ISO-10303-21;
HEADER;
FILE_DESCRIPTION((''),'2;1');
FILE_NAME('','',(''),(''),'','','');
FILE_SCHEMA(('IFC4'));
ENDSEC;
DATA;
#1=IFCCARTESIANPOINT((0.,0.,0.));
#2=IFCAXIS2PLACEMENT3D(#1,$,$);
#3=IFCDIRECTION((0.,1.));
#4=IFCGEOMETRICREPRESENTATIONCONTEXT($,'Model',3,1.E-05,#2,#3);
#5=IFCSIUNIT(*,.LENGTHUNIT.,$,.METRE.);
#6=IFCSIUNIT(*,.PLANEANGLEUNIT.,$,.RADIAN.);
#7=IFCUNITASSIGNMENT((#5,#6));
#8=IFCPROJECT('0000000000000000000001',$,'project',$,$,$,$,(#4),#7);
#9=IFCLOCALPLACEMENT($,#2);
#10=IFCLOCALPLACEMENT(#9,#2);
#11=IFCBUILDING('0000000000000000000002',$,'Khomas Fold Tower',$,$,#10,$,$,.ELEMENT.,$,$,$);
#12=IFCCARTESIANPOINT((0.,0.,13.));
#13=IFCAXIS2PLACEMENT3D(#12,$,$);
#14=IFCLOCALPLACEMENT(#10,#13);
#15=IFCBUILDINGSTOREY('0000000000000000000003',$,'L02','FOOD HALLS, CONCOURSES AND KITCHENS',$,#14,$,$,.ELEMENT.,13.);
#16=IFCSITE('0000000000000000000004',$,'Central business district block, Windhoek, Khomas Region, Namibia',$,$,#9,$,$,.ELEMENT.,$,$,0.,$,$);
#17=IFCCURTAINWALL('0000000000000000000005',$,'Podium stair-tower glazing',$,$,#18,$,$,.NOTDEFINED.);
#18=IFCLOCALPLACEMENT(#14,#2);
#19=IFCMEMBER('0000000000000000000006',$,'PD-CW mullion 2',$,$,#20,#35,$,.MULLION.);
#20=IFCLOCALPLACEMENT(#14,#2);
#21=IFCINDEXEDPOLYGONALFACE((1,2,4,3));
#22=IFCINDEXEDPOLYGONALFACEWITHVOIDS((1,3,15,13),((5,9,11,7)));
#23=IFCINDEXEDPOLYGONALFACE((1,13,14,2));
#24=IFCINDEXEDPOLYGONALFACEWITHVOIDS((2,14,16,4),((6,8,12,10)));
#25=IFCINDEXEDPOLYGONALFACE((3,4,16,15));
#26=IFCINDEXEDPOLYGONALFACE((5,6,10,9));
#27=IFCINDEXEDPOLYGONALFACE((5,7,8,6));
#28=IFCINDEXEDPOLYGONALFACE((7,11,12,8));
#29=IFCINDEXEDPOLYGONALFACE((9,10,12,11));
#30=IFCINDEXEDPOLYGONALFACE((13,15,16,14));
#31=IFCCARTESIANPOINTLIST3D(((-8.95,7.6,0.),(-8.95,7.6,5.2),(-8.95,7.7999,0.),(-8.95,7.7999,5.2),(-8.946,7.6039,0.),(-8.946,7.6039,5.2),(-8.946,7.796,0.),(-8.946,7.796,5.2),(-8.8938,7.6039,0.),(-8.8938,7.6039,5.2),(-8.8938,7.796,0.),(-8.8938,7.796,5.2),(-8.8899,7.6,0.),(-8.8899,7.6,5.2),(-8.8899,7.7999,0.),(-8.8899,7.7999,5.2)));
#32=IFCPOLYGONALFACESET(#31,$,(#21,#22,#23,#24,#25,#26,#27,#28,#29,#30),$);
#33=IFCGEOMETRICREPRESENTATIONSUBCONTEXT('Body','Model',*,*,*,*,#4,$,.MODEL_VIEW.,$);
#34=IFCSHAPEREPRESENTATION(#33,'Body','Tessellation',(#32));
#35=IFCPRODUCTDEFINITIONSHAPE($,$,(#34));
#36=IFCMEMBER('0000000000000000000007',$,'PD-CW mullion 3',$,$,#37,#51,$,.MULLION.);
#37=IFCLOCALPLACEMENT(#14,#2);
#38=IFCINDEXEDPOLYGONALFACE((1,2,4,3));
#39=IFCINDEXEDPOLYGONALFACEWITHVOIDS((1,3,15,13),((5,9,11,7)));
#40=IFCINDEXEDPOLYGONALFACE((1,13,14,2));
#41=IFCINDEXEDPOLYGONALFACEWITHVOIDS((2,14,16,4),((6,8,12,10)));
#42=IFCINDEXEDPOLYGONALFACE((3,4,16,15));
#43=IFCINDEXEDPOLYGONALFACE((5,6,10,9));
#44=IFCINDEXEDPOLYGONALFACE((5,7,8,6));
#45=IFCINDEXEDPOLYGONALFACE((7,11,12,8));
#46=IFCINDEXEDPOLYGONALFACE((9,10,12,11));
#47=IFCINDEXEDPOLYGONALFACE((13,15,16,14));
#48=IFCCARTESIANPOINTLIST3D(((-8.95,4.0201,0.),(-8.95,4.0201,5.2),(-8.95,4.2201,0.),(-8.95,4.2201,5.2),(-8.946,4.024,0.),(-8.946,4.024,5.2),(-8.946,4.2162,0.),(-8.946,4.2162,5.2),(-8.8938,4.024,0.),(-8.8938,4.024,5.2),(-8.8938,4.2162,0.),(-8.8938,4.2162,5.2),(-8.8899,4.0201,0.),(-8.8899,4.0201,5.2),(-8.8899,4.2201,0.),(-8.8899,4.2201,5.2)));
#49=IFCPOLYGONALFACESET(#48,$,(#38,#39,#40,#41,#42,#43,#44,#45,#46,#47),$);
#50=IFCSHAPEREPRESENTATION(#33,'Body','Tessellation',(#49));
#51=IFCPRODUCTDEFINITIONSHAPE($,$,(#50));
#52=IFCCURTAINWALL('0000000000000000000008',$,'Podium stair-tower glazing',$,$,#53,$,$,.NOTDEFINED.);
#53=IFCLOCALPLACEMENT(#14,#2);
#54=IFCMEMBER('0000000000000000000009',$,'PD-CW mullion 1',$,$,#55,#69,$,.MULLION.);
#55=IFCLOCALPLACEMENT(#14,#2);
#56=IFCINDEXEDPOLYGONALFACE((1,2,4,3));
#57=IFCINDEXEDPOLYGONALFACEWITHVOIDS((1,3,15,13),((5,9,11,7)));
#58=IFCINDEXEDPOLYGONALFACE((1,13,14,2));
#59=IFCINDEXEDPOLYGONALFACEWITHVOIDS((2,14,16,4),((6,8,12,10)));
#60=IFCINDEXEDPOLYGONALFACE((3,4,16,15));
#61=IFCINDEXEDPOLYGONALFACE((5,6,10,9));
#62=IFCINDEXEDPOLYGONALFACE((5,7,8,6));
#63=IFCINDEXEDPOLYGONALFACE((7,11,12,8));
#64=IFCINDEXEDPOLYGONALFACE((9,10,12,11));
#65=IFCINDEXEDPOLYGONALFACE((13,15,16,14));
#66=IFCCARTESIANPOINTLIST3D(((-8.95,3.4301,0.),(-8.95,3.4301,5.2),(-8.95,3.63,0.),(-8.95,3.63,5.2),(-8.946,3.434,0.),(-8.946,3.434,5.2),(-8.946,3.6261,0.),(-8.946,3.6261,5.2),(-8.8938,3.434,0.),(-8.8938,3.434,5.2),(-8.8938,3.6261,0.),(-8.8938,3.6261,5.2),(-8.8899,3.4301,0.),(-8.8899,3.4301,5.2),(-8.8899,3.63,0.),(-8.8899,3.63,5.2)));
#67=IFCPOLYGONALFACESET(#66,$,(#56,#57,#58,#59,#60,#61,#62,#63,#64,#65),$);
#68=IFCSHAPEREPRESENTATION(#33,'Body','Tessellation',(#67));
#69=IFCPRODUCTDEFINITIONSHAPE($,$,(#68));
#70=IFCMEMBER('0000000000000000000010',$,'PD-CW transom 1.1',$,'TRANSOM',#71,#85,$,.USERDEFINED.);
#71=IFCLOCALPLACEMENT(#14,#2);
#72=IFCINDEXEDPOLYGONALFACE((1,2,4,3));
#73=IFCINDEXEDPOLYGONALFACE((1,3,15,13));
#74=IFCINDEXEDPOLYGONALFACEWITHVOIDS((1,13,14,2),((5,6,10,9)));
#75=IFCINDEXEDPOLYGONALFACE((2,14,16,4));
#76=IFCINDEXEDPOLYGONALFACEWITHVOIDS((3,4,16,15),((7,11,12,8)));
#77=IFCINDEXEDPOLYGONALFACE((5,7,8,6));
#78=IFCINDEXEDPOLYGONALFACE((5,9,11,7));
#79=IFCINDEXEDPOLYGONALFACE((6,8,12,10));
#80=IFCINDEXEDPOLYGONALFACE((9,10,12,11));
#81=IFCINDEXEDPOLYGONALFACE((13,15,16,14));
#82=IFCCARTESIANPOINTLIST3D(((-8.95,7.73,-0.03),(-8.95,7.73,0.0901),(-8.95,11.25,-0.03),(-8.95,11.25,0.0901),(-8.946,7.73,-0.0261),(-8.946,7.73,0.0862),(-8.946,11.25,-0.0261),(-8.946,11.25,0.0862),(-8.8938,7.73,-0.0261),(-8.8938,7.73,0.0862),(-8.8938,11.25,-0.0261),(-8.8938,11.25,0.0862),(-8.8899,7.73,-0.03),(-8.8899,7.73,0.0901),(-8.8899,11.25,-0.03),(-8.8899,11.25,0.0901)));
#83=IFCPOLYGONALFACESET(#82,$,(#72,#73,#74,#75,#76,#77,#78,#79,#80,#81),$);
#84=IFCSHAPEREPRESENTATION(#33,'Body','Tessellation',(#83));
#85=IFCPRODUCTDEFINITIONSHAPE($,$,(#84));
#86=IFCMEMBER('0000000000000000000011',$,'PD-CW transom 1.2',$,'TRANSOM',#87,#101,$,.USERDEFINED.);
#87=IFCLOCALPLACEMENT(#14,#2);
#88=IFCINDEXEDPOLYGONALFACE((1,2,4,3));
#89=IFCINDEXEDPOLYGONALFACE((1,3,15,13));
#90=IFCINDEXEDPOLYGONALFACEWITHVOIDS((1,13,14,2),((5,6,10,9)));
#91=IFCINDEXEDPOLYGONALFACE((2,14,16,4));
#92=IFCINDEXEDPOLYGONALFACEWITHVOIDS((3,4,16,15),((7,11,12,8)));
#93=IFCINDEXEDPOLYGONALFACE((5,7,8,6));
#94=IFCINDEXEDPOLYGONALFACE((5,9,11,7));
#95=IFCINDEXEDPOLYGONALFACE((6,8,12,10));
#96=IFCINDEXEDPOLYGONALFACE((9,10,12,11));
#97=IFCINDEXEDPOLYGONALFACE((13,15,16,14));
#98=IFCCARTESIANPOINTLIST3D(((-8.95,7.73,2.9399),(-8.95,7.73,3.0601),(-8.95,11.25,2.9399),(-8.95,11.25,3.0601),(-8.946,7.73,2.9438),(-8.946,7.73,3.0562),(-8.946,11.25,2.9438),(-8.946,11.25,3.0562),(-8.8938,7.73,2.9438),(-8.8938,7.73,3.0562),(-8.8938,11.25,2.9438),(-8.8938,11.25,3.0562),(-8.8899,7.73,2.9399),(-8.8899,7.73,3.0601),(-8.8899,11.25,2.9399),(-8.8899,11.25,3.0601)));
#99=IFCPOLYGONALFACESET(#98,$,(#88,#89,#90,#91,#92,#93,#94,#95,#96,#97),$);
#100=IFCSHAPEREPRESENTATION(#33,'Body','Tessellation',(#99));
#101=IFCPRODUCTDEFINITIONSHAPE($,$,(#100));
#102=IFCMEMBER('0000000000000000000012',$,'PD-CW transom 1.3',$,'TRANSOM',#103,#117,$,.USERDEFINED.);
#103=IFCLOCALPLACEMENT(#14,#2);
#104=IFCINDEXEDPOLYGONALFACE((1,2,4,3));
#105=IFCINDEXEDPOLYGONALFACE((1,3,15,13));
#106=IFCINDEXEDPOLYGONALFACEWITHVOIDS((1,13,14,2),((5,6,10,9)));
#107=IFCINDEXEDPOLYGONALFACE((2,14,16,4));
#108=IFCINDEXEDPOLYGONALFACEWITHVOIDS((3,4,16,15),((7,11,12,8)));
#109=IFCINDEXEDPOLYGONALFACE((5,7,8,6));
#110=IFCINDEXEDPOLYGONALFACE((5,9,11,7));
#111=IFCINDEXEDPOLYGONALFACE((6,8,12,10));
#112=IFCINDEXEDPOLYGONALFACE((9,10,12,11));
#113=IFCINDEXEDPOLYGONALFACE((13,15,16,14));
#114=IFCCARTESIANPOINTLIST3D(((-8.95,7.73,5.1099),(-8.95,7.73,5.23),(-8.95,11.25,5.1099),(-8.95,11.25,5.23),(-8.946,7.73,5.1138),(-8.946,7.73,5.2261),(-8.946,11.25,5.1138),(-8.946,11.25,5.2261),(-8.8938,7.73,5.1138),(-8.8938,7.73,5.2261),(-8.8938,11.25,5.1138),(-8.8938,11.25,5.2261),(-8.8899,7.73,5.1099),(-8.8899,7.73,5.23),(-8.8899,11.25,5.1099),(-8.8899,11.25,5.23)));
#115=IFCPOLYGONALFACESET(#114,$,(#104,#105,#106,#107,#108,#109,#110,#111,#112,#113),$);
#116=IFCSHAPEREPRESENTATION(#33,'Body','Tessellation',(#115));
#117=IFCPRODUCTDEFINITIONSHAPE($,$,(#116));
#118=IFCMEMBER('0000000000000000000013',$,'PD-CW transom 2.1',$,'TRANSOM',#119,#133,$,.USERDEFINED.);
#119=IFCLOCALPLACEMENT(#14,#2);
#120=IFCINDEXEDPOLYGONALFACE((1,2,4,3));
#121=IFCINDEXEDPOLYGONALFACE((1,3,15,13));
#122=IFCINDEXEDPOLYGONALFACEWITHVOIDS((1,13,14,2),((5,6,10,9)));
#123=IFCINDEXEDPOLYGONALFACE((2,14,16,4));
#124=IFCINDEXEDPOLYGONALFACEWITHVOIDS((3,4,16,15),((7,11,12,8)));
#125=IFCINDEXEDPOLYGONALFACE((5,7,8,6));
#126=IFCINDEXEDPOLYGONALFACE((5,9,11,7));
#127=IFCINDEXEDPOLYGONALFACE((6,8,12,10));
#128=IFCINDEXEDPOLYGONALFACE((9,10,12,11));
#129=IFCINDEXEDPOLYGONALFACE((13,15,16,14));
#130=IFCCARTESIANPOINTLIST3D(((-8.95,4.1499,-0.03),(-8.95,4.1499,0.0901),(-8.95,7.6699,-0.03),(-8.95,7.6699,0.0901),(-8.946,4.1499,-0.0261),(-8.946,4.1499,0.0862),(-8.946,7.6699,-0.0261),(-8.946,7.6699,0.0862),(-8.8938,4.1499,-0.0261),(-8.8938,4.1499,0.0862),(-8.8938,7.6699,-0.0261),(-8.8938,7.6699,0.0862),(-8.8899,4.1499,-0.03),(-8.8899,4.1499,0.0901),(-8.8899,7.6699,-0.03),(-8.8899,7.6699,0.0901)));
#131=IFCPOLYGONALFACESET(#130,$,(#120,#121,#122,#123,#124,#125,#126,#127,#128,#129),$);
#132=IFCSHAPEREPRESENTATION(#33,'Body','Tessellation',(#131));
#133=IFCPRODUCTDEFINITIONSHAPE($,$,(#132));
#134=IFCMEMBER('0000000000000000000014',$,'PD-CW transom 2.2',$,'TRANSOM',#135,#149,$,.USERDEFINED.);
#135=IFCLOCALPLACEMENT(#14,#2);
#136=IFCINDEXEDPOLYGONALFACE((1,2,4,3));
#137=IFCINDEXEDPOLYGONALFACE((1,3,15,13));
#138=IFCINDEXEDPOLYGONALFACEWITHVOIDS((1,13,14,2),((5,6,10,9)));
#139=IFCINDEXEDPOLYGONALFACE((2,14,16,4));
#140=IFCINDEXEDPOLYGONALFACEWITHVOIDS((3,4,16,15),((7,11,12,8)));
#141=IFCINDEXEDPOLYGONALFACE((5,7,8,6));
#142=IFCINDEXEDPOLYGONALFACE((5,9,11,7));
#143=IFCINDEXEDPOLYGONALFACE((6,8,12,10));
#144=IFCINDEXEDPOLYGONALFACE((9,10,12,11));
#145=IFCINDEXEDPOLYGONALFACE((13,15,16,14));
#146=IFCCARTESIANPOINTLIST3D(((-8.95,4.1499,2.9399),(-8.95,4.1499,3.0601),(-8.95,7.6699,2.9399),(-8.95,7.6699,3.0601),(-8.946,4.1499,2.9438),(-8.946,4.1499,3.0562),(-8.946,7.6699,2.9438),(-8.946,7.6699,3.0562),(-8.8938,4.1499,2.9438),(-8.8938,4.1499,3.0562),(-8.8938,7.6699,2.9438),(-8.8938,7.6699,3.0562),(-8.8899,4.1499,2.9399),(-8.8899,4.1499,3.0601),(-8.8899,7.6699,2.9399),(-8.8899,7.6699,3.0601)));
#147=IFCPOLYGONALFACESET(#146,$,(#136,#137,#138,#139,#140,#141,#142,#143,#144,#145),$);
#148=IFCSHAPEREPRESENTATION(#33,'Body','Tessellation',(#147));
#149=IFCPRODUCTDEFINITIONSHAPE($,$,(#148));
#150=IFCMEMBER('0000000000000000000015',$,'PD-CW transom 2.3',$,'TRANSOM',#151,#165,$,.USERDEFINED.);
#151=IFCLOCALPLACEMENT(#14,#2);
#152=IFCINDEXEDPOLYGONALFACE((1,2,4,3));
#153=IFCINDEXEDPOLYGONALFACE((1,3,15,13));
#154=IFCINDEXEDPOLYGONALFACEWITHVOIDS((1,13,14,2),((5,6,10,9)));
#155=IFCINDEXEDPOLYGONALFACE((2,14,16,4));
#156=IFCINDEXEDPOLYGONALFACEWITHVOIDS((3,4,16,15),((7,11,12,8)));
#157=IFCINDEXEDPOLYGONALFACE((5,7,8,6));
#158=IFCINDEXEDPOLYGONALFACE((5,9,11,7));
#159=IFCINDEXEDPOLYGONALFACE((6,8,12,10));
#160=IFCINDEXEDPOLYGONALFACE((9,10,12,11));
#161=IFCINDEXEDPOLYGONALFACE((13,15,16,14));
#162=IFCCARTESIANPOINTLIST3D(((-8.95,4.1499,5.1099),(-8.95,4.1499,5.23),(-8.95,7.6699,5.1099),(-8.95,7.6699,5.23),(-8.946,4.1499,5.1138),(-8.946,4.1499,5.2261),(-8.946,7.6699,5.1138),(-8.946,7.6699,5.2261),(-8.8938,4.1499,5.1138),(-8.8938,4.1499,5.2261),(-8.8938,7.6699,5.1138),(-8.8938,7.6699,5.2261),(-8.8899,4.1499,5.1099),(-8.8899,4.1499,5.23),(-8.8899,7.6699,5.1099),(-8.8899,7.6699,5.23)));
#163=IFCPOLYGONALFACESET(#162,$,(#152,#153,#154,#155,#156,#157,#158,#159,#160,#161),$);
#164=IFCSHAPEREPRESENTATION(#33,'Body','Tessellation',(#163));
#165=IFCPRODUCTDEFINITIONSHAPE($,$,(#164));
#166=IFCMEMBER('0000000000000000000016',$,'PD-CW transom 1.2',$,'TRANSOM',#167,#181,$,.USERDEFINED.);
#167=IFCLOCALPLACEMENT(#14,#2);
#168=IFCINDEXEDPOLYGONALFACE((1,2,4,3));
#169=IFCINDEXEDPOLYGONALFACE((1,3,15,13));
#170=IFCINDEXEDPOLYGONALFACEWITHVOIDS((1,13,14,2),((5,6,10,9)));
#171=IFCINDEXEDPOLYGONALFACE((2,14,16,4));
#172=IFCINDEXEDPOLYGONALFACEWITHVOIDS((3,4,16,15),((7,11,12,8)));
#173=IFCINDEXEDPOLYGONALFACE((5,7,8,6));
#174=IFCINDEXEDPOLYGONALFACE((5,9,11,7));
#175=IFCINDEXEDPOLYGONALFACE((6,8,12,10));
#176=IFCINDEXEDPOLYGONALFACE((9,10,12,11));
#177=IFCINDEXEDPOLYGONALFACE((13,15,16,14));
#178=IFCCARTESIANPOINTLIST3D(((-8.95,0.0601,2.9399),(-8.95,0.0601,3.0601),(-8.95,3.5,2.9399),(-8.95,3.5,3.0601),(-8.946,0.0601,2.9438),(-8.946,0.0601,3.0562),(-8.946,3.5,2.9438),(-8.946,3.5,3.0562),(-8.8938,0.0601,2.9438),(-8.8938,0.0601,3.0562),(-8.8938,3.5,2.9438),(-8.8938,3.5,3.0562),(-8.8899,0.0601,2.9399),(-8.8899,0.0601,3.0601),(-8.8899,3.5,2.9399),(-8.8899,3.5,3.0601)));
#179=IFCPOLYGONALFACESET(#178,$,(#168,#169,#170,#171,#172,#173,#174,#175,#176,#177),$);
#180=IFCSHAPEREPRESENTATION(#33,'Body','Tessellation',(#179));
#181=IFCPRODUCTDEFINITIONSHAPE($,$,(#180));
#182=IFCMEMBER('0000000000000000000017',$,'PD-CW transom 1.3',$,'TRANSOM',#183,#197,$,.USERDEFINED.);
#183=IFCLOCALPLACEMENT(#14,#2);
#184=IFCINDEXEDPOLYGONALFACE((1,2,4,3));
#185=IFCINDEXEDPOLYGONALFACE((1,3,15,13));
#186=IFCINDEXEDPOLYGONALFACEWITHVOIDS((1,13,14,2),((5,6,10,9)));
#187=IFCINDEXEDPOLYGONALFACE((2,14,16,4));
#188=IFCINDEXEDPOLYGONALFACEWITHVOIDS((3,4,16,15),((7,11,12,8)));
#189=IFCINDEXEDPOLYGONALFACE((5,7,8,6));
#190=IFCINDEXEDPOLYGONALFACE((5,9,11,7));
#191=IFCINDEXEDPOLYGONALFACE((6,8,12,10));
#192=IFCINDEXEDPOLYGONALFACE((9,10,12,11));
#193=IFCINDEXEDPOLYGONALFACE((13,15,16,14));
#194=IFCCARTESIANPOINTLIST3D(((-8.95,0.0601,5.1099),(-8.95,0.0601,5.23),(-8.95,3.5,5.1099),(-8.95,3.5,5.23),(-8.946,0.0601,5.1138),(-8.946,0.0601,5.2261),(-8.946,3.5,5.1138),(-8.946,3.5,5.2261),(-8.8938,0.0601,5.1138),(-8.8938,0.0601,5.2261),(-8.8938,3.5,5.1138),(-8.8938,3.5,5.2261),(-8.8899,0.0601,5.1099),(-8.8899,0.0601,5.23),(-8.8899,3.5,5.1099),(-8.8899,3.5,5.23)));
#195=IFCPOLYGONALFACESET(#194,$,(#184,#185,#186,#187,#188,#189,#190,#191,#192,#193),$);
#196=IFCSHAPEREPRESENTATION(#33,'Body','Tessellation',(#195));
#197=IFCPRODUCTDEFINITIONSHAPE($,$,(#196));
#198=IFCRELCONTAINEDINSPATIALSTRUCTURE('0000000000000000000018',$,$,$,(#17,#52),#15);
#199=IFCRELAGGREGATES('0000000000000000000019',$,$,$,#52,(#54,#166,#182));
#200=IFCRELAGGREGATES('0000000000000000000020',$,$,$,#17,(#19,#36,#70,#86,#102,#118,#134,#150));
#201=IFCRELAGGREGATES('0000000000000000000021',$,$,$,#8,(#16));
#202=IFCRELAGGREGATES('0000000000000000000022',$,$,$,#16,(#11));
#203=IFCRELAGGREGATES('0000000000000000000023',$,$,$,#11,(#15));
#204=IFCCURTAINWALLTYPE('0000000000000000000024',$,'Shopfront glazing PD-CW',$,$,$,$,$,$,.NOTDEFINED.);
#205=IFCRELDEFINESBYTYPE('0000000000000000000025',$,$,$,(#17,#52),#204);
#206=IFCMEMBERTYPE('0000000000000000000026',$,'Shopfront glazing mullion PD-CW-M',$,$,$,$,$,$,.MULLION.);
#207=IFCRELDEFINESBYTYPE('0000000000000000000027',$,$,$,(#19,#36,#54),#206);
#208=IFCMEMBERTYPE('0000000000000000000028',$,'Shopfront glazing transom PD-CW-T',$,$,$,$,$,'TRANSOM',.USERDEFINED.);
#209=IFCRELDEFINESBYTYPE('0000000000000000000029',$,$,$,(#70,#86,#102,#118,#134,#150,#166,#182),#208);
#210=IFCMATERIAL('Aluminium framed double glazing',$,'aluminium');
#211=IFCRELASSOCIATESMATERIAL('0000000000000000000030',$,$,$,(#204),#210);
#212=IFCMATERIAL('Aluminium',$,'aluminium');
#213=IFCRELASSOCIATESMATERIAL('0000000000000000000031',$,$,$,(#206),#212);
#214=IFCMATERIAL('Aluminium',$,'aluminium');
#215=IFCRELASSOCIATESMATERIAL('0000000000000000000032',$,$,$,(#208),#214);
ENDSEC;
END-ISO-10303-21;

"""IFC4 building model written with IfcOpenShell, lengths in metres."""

from ifc_helpers import new_model, si_unit, direction, frame, origin, origin_2d, place, context, subcontext, project, spatial, hollow_rectangle, extrude, source, transform, mapped, material, material_profile, profile_set, type_object, element, aggregate, save


model = new_model("IFC4")

# Units and contexts
model_context = context("Model", 3, precision=1e-05, world=origin(), true_north=direction((0.0, 1.0)))
body_context = subcontext(model_context, "Body", "Model", "MODEL_VIEW")
ifc_project = project(units=[si_unit("LENGTHUNIT", "METRE"), si_unit("PLANEANGLEUNIT", "RADIAN")], contexts=[model_context])

# Site, building, storey
site_placement = place(None, origin())
site = spatial("IfcSite", under=ifc_project, at=site_placement, Name="Central business district block, Windhoek, Khomas Region, Namibia", CompositionType="ELEMENT", RefElevation=0.0)
building_placement = place(site_placement, origin())
building = spatial("IfcBuilding", under=site, at=building_placement, Name="Khomas Fold Tower", CompositionType="ELEMENT")
storey_placement = place(building_placement, frame((0.0, 0.0, 13.0)))
storey = spatial("IfcBuildingStorey", under=building, at=storey_placement, Name="L02", Description="FOOD HALLS, CONCOURSES AND KITCHENS", CompositionType="ELEMENT", Elevation=13.0)

# Curtain wall, members
ifc_material_1 = material(Name="Aluminium framed double glazing", Category="aluminium")
curtain_wall_type = type_object("IfcCurtainWallType", Name="Shopfront glazing PD-CW", PredefinedType="NOTDEFINED", material=ifc_material_1)
curtain_wall_1_placement = place(storey_placement, origin())
curtain_wall_1 = element("IfcCurtainWall", 1, at=curtain_wall_1_placement, inside=storey, type_object=curtain_wall_type, Name="Podium stair-tower glazing", PredefinedType="NOTDEFINED")
ifc_material_2 = material(Name="Aluminium", Category="aluminium")
ifc_material_profile_1 = material_profile(ifc_material_2, hollow_rectangle(XDim=0.0601, YDim=0.2, WallThickness=0.0039, at=origin_2d()), Name="Shopfront glazing mullion PD-CW-M")
ifc_profile_set_1 = profile_set([ifc_material_profile_1], Name="Aluminium")
member_type_1 = type_object("IfcMemberType", Name="Shopfront glazing mullion PD-CW-M", PredefinedType="MULLION", material=ifc_profile_set_1)
shared_shape_1 = source(origin(), body_context, "Body", "SweptSolid", [
    extrude(hollow_rectangle(XDim=0.0601, YDim=0.2, WallThickness=0.0039, at=origin_2d()), origin(), (0.0, 0.0, 1.0), 5.2),
])
member_1_placement = place(storey_placement, frame((-8.9199, 7.7, 0.0), z_axis=(0.0, 0.0, 1.0), x_axis=(1.0, 0.0, 0.0)))
member_1 = element("IfcMember", 2, at=member_1_placement, type_object=member_type_1, Name="PD-CW mullion 2", PredefinedType="MULLION", context=body_context, shape_type="MappedRepresentation", body=[
    mapped(shared_shape_1, transform((0.0, 0.0, 0.0))),
])
member_2_placement = place(storey_placement, frame((-8.9199, 4.1201, 0.0), z_axis=(0.0, 0.0, 1.0), x_axis=(1.0, 0.0, 0.0)))
member_2 = element("IfcMember", 3, at=member_2_placement, type_object=member_type_1, Name="PD-CW mullion 3", PredefinedType="MULLION", context=body_context, shape_type="MappedRepresentation", body=[
    mapped(shared_shape_1, transform((0.0, 0.0, 0.0))),
])

# Curtain wall, member
curtain_wall_2_placement = place(storey_placement, origin())
curtain_wall_2 = element("IfcCurtainWall", 4, at=curtain_wall_2_placement, inside=storey, type_object=curtain_wall_type, Name="Podium stair-tower glazing", PredefinedType="NOTDEFINED")
member_3_placement = place(storey_placement, frame((-8.9199, 3.53, 0.0), z_axis=(0.0, 0.0, 1.0), x_axis=(1.0, 0.0, 0.0)))
member_3 = element("IfcMember", 5, at=member_3_placement, type_object=member_type_1, Name="PD-CW mullion 1", PredefinedType="MULLION", context=body_context, shape_type="MappedRepresentation", body=[
    mapped(shared_shape_1, transform((0.0, 0.0, 0.0))),
])

# Members
ifc_material_3 = material(Name="Aluminium", Category="aluminium")
ifc_material_profile_2 = material_profile(ifc_material_3, hollow_rectangle(XDim=0.0601, YDim=0.1201, WallThickness=0.0039, at=origin_2d()), Name="Shopfront glazing transom PD-CW-T")
ifc_profile_set_2 = profile_set([ifc_material_profile_2], Name="Aluminium")
member_type_2 = type_object("IfcMemberType", Name="Shopfront glazing transom PD-CW-T", ElementType="TRANSOM", PredefinedType="USERDEFINED", material=ifc_profile_set_2)
shared_shape_2 = source(origin(), body_context, "Body", "SweptSolid", [
    extrude(hollow_rectangle(XDim=0.0601, YDim=0.1201, WallThickness=0.0039, at=origin_2d()), origin(), (0.0, 0.0, 1.0), 3.52),
])
member_4_placement = place(storey_placement, frame((-8.9199, 11.25, 0.03), z_axis=(0.0, -1.0, 0.0), x_axis=(1.0, 0.0, 0.0)))
member_4 = element("IfcMember", 6, at=member_4_placement, type_object=member_type_2, Name="PD-CW transom 1.1", ObjectType="TRANSOM", PredefinedType="USERDEFINED", context=body_context, shape_type="MappedRepresentation", body=[
    mapped(shared_shape_2, transform((0.0, 0.0, 0.0))),
])
member_5_placement = place(storey_placement, frame((-8.9199, 11.25, 3.0), z_axis=(0.0, -1.0, 0.0), x_axis=(1.0, 0.0, 0.0)))
member_5 = element("IfcMember", 7, at=member_5_placement, type_object=member_type_2, Name="PD-CW transom 1.2", ObjectType="TRANSOM", PredefinedType="USERDEFINED", context=body_context, shape_type="MappedRepresentation", body=[
    mapped(shared_shape_2, transform((0.0, 0.0, 0.0))),
])
member_6_placement = place(storey_placement, frame((-8.9199, 11.25, 5.1699), z_axis=(0.0, -1.0, 0.0), x_axis=(1.0, 0.0, 0.0)))
member_6 = element("IfcMember", 8, at=member_6_placement, type_object=member_type_2, Name="PD-CW transom 1.3", ObjectType="TRANSOM", PredefinedType="USERDEFINED", context=body_context, shape_type="MappedRepresentation", body=[
    mapped(shared_shape_2, transform((0.0, 0.0, 0.0))),
])
member_7_placement = place(storey_placement, frame((-8.9199, 7.6699, 0.03), z_axis=(0.0, -1.0, 0.0), x_axis=(1.0, 0.0, 0.0)))
member_7 = element("IfcMember", 9, at=member_7_placement, type_object=member_type_2, Name="PD-CW transom 2.1", ObjectType="TRANSOM", PredefinedType="USERDEFINED", context=body_context, shape_type="MappedRepresentation", body=[
    mapped(shared_shape_2, transform((0.0, 0.0, 0.0))),
])
member_8_placement = place(storey_placement, frame((-8.9199, 7.6699, 3.0), z_axis=(0.0, -1.0, 0.0), x_axis=(1.0, 0.0, 0.0)))
member_8 = element("IfcMember", 10, at=member_8_placement, type_object=member_type_2, Name="PD-CW transom 2.2", ObjectType="TRANSOM", PredefinedType="USERDEFINED", context=body_context, shape_type="MappedRepresentation", body=[
    mapped(shared_shape_2, transform((0.0, 0.0, 0.0))),
])
member_9_placement = place(storey_placement, frame((-8.9199, 7.6699, 5.1699), z_axis=(0.0, -1.0, 0.0), x_axis=(1.0, 0.0, 0.0)))
member_9 = element("IfcMember", 11, at=member_9_placement, type_object=member_type_2, Name="PD-CW transom 2.3", ObjectType="TRANSOM", PredefinedType="USERDEFINED", context=body_context, shape_type="MappedRepresentation", body=[
    mapped(shared_shape_2, transform((0.0, 0.0, 0.0))),
])
shared_shape_3 = source(origin(), body_context, "Body", "SweptSolid", [
    extrude(hollow_rectangle(XDim=0.0601, YDim=0.1201, WallThickness=0.0039, at=origin_2d()), origin(), (0.0, 0.0, 1.0), 3.4399),
])
member_10_placement = place(storey_placement, frame((-8.9199, 3.5, 3.0), z_axis=(0.0, -1.0, 0.0), x_axis=(1.0, 0.0, 0.0)))
member_10 = element("IfcMember", 12, at=member_10_placement, type_object=member_type_2, Name="PD-CW transom 1.2", ObjectType="TRANSOM", PredefinedType="USERDEFINED", context=body_context, shape_type="MappedRepresentation", body=[
    mapped(shared_shape_3, transform((0.0, 0.0, 0.0))),
])
member_11_placement = place(storey_placement, frame((-8.9199, 3.5, 5.1699), z_axis=(0.0, -1.0, 0.0), x_axis=(1.0, 0.0, 0.0)))
member_11 = element("IfcMember", 13, at=member_11_placement, type_object=member_type_2, Name="PD-CW transom 1.3", ObjectType="TRANSOM", PredefinedType="USERDEFINED", context=body_context, shape_type="MappedRepresentation", body=[
    mapped(shared_shape_3, transform((0.0, 0.0, 0.0))),
])
aggregate(curtain_wall_2, [member_3, member_10, member_11])

aggregate(curtain_wall_1, [member_1, member_2, member_4, member_5, member_6, member_7, member_8, member_9])

save(model, "model.ifc")
